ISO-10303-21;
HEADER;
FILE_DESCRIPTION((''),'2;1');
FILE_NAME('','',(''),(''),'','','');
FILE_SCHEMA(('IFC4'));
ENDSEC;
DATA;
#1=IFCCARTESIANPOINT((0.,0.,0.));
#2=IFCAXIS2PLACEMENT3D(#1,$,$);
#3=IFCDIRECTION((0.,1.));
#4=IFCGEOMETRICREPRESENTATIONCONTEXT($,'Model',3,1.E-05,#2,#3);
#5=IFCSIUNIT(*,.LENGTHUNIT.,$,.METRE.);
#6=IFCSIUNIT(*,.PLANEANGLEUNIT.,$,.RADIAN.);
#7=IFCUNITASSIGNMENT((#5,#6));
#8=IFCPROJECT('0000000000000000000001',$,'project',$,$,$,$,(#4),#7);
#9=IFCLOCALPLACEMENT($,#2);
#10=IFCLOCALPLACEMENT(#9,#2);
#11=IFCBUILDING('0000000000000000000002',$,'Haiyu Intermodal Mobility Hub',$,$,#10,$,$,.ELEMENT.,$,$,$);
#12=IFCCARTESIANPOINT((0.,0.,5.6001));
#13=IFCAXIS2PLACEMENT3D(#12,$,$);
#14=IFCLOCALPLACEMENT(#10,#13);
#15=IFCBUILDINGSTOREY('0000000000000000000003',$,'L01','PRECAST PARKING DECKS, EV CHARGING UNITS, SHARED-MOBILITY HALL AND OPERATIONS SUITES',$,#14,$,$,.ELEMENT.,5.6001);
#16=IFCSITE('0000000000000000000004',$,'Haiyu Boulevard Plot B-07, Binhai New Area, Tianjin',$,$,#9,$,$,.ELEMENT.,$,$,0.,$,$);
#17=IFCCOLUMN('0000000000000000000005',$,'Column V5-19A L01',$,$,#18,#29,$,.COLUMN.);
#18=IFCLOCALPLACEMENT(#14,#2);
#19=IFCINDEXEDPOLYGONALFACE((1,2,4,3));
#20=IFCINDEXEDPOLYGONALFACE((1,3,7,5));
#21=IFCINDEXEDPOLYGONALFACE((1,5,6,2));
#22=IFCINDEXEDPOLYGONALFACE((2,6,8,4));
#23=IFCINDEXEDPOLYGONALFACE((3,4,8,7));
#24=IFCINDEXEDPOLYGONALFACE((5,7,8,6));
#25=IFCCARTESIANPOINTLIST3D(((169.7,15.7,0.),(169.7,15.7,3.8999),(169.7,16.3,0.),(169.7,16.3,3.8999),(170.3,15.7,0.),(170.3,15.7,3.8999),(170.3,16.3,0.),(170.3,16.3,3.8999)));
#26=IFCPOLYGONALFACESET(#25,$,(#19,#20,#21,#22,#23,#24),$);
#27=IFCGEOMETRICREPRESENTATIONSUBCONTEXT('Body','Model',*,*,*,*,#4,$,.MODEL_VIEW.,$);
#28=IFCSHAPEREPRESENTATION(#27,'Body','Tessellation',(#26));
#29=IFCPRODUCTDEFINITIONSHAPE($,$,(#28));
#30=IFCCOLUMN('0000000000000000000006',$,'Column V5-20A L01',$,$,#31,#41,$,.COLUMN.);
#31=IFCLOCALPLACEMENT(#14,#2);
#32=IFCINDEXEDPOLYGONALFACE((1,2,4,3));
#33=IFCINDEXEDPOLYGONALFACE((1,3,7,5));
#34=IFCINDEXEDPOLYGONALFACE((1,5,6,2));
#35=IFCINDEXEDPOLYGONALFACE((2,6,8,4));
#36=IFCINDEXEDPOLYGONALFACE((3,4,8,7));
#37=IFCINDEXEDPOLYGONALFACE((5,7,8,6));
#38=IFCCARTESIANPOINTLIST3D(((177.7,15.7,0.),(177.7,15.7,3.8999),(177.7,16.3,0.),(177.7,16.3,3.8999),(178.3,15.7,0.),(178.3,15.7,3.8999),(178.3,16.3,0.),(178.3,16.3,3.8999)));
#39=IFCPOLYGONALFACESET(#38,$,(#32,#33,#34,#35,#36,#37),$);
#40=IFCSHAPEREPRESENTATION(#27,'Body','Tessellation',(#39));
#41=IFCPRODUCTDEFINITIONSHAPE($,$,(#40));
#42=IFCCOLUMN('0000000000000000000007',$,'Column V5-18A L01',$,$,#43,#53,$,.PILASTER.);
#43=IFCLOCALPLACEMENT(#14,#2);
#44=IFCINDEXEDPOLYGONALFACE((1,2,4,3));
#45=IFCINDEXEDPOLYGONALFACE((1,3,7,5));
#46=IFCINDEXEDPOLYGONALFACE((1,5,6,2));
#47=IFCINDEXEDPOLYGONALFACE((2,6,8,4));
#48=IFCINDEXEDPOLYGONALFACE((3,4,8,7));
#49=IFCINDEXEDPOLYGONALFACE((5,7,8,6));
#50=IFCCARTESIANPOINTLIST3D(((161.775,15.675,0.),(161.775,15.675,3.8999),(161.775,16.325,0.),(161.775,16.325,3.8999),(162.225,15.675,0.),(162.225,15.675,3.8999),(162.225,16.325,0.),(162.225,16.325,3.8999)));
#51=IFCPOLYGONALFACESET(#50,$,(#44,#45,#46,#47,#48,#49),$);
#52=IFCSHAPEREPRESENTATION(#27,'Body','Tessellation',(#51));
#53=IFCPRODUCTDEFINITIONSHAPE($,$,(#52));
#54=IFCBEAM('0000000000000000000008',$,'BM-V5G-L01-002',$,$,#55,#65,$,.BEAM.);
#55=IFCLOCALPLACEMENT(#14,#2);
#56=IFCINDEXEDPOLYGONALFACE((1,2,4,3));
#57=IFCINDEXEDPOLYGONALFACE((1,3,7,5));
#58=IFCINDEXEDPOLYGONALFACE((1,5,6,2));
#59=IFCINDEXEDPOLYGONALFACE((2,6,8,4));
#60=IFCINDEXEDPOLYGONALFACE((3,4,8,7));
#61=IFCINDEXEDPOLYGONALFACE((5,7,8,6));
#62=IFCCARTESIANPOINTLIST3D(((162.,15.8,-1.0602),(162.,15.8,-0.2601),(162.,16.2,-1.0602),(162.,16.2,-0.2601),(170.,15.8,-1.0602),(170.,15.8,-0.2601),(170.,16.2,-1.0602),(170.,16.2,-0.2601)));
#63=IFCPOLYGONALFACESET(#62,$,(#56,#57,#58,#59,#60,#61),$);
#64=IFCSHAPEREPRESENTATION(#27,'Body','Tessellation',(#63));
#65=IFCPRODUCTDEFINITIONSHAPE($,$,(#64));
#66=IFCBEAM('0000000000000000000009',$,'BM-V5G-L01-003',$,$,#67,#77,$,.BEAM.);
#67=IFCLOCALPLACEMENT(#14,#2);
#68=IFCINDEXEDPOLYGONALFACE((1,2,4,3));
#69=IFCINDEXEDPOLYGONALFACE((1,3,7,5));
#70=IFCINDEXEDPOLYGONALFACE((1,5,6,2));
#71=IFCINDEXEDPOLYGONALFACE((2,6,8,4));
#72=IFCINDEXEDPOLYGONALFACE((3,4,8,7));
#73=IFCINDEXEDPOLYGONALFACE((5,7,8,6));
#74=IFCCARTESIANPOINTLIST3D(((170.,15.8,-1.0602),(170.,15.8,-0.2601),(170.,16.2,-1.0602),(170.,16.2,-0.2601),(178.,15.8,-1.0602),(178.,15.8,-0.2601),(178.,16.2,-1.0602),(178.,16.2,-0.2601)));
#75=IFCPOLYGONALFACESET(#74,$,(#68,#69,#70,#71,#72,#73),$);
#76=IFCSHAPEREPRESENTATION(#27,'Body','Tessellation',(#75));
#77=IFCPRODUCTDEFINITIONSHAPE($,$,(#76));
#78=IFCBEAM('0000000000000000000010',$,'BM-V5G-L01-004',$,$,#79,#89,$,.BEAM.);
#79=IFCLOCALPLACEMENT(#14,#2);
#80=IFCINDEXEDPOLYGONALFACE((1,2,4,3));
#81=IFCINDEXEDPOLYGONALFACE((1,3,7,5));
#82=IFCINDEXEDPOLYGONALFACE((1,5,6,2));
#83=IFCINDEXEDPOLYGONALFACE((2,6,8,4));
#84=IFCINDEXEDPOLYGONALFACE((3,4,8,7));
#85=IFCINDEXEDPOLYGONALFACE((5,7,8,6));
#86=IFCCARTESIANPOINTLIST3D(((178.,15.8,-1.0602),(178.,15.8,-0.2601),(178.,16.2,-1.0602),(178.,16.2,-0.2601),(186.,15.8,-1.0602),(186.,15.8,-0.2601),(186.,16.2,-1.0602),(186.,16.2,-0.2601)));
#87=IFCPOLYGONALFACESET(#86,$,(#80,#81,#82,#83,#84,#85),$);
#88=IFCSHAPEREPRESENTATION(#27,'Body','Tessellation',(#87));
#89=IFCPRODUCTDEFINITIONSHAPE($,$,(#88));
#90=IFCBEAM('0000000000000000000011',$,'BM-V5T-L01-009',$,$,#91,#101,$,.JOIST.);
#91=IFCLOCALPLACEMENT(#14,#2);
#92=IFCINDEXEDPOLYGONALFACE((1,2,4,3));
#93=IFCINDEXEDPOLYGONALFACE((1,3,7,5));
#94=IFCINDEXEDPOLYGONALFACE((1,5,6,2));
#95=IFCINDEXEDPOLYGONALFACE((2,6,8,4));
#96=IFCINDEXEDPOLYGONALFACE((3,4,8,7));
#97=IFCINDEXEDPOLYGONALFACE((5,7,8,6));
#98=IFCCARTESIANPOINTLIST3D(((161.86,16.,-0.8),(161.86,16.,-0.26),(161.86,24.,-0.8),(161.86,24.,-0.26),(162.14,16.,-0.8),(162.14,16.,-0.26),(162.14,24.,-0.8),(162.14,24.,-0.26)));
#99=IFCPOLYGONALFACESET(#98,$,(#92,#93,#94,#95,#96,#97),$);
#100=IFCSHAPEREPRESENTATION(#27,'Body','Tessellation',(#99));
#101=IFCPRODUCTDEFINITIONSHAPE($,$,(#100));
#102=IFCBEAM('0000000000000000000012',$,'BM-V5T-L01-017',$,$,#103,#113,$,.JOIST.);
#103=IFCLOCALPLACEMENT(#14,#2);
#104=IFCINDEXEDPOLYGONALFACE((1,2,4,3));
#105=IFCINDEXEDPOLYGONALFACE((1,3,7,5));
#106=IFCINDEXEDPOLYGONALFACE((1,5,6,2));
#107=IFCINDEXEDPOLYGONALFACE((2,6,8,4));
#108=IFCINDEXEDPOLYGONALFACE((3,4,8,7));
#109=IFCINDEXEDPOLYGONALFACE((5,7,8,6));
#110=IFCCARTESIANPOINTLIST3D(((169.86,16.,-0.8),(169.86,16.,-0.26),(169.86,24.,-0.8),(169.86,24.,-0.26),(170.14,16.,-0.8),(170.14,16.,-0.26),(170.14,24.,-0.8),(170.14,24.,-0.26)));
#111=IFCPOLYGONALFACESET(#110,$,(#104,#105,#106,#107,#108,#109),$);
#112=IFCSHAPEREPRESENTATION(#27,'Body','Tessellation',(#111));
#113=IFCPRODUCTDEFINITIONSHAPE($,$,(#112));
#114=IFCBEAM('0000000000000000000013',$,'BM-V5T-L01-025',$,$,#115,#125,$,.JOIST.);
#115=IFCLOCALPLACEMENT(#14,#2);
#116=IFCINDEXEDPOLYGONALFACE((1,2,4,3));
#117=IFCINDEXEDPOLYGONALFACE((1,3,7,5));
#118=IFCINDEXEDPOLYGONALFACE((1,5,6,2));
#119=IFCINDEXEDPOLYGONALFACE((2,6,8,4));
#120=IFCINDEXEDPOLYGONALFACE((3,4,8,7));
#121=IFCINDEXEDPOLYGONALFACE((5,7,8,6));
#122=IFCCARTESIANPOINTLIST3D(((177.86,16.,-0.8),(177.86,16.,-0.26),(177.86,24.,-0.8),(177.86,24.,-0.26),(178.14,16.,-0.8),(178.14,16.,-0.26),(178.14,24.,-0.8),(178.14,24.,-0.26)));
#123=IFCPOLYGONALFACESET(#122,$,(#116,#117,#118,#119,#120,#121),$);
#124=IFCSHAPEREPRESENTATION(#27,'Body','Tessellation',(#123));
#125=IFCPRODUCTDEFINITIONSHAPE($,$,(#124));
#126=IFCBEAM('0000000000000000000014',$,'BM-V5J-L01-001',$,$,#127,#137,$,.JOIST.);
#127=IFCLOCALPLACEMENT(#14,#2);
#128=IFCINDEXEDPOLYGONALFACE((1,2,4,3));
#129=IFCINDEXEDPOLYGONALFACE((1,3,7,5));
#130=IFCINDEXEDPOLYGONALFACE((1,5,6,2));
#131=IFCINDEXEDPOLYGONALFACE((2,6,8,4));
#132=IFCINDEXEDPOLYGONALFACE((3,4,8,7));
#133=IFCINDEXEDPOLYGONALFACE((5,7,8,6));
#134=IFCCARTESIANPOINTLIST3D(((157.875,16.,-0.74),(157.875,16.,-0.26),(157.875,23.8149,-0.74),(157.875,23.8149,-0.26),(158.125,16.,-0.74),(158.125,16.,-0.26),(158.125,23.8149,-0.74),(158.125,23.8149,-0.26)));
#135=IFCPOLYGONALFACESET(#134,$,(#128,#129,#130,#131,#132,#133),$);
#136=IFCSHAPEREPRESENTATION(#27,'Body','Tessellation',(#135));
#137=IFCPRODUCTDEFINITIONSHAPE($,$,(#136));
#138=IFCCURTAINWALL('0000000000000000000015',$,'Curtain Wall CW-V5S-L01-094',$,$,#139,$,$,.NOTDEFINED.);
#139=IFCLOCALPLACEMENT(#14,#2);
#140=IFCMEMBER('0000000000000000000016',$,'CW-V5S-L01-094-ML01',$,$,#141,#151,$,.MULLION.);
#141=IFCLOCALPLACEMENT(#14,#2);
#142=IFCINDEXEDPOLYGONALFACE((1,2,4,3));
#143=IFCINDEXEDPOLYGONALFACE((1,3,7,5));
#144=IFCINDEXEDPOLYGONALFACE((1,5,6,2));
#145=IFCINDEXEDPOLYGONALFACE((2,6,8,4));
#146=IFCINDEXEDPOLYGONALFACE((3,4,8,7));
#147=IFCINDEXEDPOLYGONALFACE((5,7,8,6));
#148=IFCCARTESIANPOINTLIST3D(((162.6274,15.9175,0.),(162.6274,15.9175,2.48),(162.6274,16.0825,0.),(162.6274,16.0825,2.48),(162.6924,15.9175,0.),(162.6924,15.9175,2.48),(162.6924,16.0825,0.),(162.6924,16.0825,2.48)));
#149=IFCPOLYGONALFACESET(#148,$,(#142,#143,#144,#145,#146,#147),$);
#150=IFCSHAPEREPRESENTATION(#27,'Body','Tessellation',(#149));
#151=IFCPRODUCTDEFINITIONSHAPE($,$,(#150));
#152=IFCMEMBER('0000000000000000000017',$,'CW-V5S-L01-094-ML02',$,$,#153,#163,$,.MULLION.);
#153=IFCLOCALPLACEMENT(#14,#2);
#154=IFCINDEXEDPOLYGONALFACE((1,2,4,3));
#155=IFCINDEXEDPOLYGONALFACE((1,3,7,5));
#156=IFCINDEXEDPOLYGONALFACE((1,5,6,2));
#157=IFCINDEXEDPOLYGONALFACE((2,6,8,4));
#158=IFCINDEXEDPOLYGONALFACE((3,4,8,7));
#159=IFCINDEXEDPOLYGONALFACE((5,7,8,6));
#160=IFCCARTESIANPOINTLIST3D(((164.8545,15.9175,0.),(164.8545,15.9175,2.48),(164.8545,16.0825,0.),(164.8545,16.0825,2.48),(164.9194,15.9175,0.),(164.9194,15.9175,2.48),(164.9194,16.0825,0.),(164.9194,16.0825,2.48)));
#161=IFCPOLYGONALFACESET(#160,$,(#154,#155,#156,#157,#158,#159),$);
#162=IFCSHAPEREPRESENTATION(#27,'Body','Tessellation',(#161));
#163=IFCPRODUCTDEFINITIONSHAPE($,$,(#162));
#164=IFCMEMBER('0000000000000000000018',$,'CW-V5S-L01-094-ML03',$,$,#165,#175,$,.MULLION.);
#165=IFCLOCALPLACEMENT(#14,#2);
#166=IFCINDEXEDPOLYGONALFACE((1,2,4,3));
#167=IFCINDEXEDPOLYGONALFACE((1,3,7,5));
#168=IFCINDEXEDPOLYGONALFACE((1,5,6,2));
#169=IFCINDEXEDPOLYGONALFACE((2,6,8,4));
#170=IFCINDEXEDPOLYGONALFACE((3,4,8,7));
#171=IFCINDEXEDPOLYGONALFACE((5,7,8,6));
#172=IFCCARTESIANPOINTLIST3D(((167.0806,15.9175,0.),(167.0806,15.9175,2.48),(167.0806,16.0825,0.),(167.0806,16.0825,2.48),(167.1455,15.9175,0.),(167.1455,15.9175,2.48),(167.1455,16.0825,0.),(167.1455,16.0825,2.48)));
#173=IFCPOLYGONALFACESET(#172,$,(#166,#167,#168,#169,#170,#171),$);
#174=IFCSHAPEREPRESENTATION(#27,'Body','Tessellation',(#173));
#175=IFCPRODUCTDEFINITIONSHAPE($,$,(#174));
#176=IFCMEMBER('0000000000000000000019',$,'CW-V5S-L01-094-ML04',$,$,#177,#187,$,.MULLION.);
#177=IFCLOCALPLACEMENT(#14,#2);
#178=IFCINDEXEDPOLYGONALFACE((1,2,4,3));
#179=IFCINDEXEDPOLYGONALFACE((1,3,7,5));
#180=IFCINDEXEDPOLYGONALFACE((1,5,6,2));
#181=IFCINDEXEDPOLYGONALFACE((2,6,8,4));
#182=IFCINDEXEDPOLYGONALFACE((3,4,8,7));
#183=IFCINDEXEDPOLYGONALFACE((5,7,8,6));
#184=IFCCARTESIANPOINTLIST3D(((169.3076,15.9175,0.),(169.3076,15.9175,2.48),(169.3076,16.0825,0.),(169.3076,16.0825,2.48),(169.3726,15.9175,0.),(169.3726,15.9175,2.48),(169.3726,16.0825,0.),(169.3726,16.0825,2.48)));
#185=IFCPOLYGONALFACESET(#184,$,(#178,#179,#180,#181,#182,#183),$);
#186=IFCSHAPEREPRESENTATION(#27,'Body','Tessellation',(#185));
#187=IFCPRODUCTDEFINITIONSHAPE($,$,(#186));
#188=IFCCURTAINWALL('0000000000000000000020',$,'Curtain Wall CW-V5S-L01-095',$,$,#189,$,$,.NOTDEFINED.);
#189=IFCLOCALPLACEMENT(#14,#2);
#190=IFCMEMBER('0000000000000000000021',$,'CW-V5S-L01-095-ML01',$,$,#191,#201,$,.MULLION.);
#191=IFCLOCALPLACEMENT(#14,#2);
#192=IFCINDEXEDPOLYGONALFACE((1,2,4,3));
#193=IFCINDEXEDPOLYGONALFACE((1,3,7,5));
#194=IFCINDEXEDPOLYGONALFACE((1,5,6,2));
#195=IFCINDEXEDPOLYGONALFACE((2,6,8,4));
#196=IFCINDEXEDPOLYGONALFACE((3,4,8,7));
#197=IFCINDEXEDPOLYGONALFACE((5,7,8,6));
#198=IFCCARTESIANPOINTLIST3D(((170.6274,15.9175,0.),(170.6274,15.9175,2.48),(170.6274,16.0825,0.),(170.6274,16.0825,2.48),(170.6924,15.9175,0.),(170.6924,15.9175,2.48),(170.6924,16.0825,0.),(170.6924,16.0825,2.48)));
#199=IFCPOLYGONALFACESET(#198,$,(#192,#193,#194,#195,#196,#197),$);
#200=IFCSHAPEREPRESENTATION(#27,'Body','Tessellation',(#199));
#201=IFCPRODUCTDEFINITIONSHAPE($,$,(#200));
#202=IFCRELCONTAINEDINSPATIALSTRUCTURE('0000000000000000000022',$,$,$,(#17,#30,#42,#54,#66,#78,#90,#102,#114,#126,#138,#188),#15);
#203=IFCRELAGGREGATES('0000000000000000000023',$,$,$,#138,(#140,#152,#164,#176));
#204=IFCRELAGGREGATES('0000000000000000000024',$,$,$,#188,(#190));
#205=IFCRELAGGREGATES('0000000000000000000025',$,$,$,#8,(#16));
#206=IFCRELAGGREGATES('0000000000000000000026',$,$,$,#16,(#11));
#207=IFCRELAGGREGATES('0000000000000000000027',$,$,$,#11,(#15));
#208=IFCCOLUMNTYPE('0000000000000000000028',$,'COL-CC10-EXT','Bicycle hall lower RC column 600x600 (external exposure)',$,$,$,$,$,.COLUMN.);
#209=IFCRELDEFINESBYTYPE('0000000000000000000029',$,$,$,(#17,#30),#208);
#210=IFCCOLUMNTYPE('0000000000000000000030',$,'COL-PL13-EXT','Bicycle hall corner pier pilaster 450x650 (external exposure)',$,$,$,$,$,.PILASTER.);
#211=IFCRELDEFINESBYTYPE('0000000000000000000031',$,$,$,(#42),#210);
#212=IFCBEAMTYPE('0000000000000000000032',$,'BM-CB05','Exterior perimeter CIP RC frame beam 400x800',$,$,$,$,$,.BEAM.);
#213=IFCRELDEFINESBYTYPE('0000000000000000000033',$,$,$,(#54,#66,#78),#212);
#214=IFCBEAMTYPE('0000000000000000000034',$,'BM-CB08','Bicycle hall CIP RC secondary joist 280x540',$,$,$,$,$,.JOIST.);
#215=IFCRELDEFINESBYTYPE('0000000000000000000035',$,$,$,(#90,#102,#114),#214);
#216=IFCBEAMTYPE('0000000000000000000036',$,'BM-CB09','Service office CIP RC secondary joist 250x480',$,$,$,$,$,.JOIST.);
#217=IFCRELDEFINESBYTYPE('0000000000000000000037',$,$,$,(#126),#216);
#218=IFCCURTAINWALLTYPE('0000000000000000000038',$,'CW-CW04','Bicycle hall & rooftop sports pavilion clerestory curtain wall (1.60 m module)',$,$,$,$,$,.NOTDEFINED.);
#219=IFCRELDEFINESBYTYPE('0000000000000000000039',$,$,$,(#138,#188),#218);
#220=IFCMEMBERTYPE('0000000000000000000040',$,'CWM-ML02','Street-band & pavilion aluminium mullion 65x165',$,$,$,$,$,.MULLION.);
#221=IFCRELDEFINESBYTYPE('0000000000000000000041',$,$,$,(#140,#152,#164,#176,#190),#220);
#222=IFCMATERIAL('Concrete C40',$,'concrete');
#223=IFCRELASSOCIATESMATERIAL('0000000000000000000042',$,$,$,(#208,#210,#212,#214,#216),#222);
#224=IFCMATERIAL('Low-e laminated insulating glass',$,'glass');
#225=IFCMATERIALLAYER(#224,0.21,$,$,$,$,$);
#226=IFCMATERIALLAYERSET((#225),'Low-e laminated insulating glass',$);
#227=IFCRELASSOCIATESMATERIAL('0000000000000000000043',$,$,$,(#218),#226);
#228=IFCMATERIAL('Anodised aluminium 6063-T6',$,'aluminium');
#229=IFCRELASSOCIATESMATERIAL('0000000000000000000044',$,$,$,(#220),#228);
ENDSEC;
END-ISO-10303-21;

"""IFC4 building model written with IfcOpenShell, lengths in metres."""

from ifc_helpers import new_model, si_unit, direction, frame, origin, origin_2d, place, context, subcontext, project, spatial, rectangle, extrude, material, layer, layer_set, material_profile, profile_set, type_object, element, aggregate, save


model = new_model("IFC4")

# Units and contexts
model_context = context("Model", 3, precision=1e-05, world=origin(), true_north=direction((0.0, 1.0)))
body_context = subcontext(model_context, "Body", "Model", "MODEL_VIEW")
ifc_project = project(units=[si_unit("LENGTHUNIT", "METRE"), si_unit("PLANEANGLEUNIT", "RADIAN")], contexts=[model_context])

# Site, building, storey
site_placement = place(None, origin())
site = spatial("IfcSite", under=ifc_project, at=site_placement, Name="Haiyu Boulevard Plot B-07, Binhai New Area, Tianjin", CompositionType="ELEMENT", RefElevation=0.0)
building_placement = place(site_placement, origin())
building = spatial("IfcBuilding", under=site, at=building_placement, Name="Haiyu Intermodal Mobility Hub", CompositionType="ELEMENT")
storey_placement = place(building_placement, frame((0.0, 0.0, 5.6001)))
storey = spatial("IfcBuildingStorey", under=building, at=storey_placement, Name="L01", Description="PRECAST PARKING DECKS, EV CHARGING UNITS, SHARED-MOBILITY HALL AND OPERATIONS SUITES", CompositionType="ELEMENT", Elevation=5.6001)

# Columns
ifc_material_1 = material(Name="Concrete C40", Category="concrete")
ifc_material_profile_1 = material_profile(ifc_material_1, rectangle(XDim=0.6001, YDim=0.6001, at=origin_2d()), Name="RC600x600")
ifc_profile_set_1 = profile_set([ifc_material_profile_1], Name="Concrete C40")
column_type_1 = type_object("IfcColumnType", Name="COL-CC10-EXT", Description="Bicycle hall lower RC column 600x600 (external exposure)", PredefinedType="COLUMN", material=ifc_profile_set_1)
for number, where, z_axis, x_axis, name in (
    (1, (170.0, 16.0, 0.0), (0.0, 0.0, 1.0), (1.0, 0.0, 0.0), "Column V5-19A L01"),
    (2, (178.0, 16.0, 0.0), (0.0, 0.0, 1.0), (1.0, 0.0, 0.0), "Column V5-20A L01"),
):
    element("IfcColumn", number, at=place(storey_placement, frame(where, z_axis=z_axis, x_axis=x_axis)), inside=storey, type_object=column_type_1, Name=name, PredefinedType="COLUMN", context=body_context, shape_type="SweptSolid", body=[
        extrude(rectangle(XDim=0.6001, YDim=0.6001, at=origin_2d()), origin(), (0.0, 0.0, 1.0), 3.8999),
    ])
ifc_material_profile_2 = material_profile(ifc_material_1, rectangle(XDim=0.45, YDim=0.6499, at=origin_2d()), Name="C450x650")
ifc_profile_set_2 = profile_set([ifc_material_profile_2], Name="Concrete C40")
column_type_2 = type_object("IfcColumnType", Name="COL-PL13-EXT", Description="Bicycle hall corner pier pilaster 450x650 (external exposure)", PredefinedType="PILASTER", material=ifc_profile_set_2)
column_placement = place(storey_placement, frame((162.0, 16.0, 0.0), z_axis=(0.0, 0.0, 1.0), x_axis=(1.0, 0.0, 0.0)))
element("IfcColumn", 3, at=column_placement, inside=storey, type_object=column_type_2, Name="Column V5-18A L01", PredefinedType="PILASTER", context=body_context, shape_type="SweptSolid", body=[
    extrude(rectangle(XDim=0.45, YDim=0.6499, at=origin_2d()), origin(), (0.0, 0.0, 1.0), 3.8999),
])

# Beams
ifc_material_profile_3 = material_profile(ifc_material_1, rectangle(XDim=0.3999, YDim=0.8, at=origin_2d()), Name="RCB400x800")
ifc_profile_set_3 = profile_set([ifc_material_profile_3], Name="Concrete C40")
beam_type_1 = type_object("IfcBeamType", Name="BM-CB05", Description="Exterior perimeter CIP RC frame beam 400x800", PredefinedType="BEAM", material=ifc_profile_set_3)
for number, where, z_axis, x_axis, name in (
    (4, (162.0, 16.0, -0.6602), (1.0, 0.0, 0.0), (0.0, 1.0, 0.0), "BM-V5G-L01-002"),
    (5, (170.0, 16.0, -0.6602), (1.0, 0.0, 0.0), (0.0, 1.0, 0.0), "BM-V5G-L01-003"),
    (6, (178.0, 16.0, -0.6602), (1.0, 0.0, 0.0), (0.0, 1.0, 0.0), "BM-V5G-L01-004"),
):
    element("IfcBeam", number, at=place(storey_placement, frame(where, z_axis=z_axis, x_axis=x_axis)), inside=storey, type_object=beam_type_1, Name=name, PredefinedType="BEAM", context=body_context, shape_type="SweptSolid", body=[
        extrude(rectangle(XDim=0.3999, YDim=0.8, at=origin_2d()), origin(), (0.0, 0.0, 1.0), 8.0),
    ])
ifc_material_profile_4 = material_profile(ifc_material_1, rectangle(XDim=0.28, YDim=0.54, at=origin_2d()), Name="RCB280x540")
ifc_profile_set_4 = profile_set([ifc_material_profile_4], Name="Concrete C40")
beam_type_2 = type_object("IfcBeamType", Name="BM-CB08", Description="Bicycle hall CIP RC secondary joist 280x540", PredefinedType="JOIST", material=ifc_profile_set_4)
for number, where, z_axis, x_axis, name in (
    (7, (162.0, 16.0, -0.53), (0.0, 1.0, 0.0), (-1.0, 0.0, 0.0), "BM-V5T-L01-009"),
    (8, (170.0, 16.0, -0.53), (0.0, 1.0, 0.0), (-1.0, 0.0, 0.0), "BM-V5T-L01-017"),
    (9, (178.0, 16.0, -0.53), (0.0, 1.0, 0.0), (-1.0, 0.0, 0.0), "BM-V5T-L01-025"),
):
    element("IfcBeam", number, at=place(storey_placement, frame(where, z_axis=z_axis, x_axis=x_axis)), inside=storey, type_object=beam_type_2, Name=name, PredefinedType="JOIST", context=body_context, shape_type="SweptSolid", body=[
        extrude(rectangle(XDim=0.28, YDim=0.54, at=origin_2d()), origin(), (0.0, 0.0, 1.0), 8.0),
    ])
ifc_material_profile_5 = material_profile(ifc_material_1, rectangle(XDim=0.25, YDim=0.48, at=origin_2d()), Name="RCB250x480")
ifc_profile_set_5 = profile_set([ifc_material_profile_5], Name="Concrete C40")
beam_type_3 = type_object("IfcBeamType", Name="BM-CB09", Description="Service office CIP RC secondary joist 250x480", PredefinedType="JOIST", material=ifc_profile_set_5)
beam_placement = place(storey_placement, frame((158.0, 16.0, -0.5), z_axis=(0.0, 1.0, 0.0), x_axis=(-1.0, 0.0, 0.0)))
element("IfcBeam", 10, at=beam_placement, inside=storey, type_object=beam_type_3, Name="BM-V5J-L01-001", PredefinedType="JOIST", context=body_context, shape_type="SweptSolid", body=[
    extrude(rectangle(XDim=0.25, YDim=0.48, at=origin_2d()), origin(), (0.0, 0.0, 1.0), 7.8149),
])

# Curtain walls, members
ifc_material_2 = material(Name="Low-e laminated insulating glass", Category="glass")
ifc_layer_1 = layer(ifc_material_2, 0.21)
ifc_layer_set_1 = layer_set([ifc_layer_1], Name="Low-e laminated insulating glass")
curtain_wall_type = type_object("IfcCurtainWallType", Name="CW-CW04", Description="Bicycle hall & rooftop sports pavilion clerestory curtain wall (1.60 m module)", PredefinedType="NOTDEFINED", material=ifc_layer_set_1)
curtain_wall_1_placement = place(storey_placement, origin())
curtain_wall_1 = element("IfcCurtainWall", 11, at=curtain_wall_1_placement, inside=storey, type_object=curtain_wall_type, Name="Curtain Wall CW-V5S-L01-094", PredefinedType="NOTDEFINED")
ifc_material_3 = material(Name="Anodised aluminium 6063-T6", Category="aluminium")
ifc_material_profile_6 = material_profile(ifc_material_3, rectangle(XDim=0.0649, YDim=0.165, at=origin_2d()), Name="ALU65x165")
ifc_profile_set_6 = profile_set([ifc_material_profile_6], Name="Anodised aluminium 6063-T6")
member_type_1 = type_object("IfcMemberType", Name="CWM-ML02", Description="Street-band & pavilion aluminium mullion 65x165", PredefinedType="MULLION", material=ifc_profile_set_6)
member_1_placement = place(storey_placement, frame((162.6599, 16.0, 0.0), z_axis=(0.0, 0.0, 1.0), x_axis=(1.0, 0.0, 0.0)))
member_1 = element("IfcMember", 12, at=member_1_placement, type_object=member_type_1, Name="CW-V5S-L01-094-ML01", PredefinedType="MULLION", context=body_context, shape_type="SweptSolid", body=[
    extrude(rectangle(XDim=0.0649, YDim=0.165, at=origin_2d()), origin(), (0.0, 0.0, 1.0), 2.48),
])
member_2_placement = place(storey_placement, frame((164.887, 16.0, 0.0), z_axis=(0.0, 0.0, 1.0), x_axis=(1.0, 0.0, 0.0)))
member_2 = element("IfcMember", 13, at=member_2_placement, type_object=member_type_1, Name="CW-V5S-L01-094-ML02", PredefinedType="MULLION", context=body_context, shape_type="SweptSolid", body=[
    extrude(rectangle(XDim=0.0649, YDim=0.165, at=origin_2d()), origin(), (0.0, 0.0, 1.0), 2.48),
])
member_3_placement = place(storey_placement, frame((167.113, 16.0, 0.0), z_axis=(0.0, 0.0, 1.0), x_axis=(1.0, 0.0, 0.0)))
member_3 = element("IfcMember", 14, at=member_3_placement, type_object=member_type_1, Name="CW-V5S-L01-094-ML03", PredefinedType="MULLION", context=body_context, shape_type="SweptSolid", body=[
    extrude(rectangle(XDim=0.0649, YDim=0.165, at=origin_2d()), origin(), (0.0, 0.0, 1.0), 2.48),
])
member_4_placement = place(storey_placement, frame((169.3401, 16.0, 0.0), z_axis=(0.0, 0.0, 1.0), x_axis=(1.0, 0.0, 0.0)))
member_4 = element("IfcMember", 15, at=member_4_placement, type_object=member_type_1, Name="CW-V5S-L01-094-ML04", PredefinedType="MULLION", context=body_context, shape_type="SweptSolid", body=[
    extrude(rectangle(XDim=0.0649, YDim=0.165, at=origin_2d()), origin(), (0.0, 0.0, 1.0), 2.48),
])
curtain_wall_2_placement = place(storey_placement, origin())
curtain_wall_2 = element("IfcCurtainWall", 16, at=curtain_wall_2_placement, inside=storey, type_object=curtain_wall_type, Name="Curtain Wall CW-V5S-L01-095", PredefinedType="NOTDEFINED")
member_5_placement = place(storey_placement, frame((170.6599, 16.0, 0.0), z_axis=(0.0, 0.0, 1.0), x_axis=(1.0, 0.0, 0.0)))
member_5 = element("IfcMember", 17, at=member_5_placement, type_object=member_type_1, Name="CW-V5S-L01-095-ML01", PredefinedType="MULLION", context=body_context, shape_type="SweptSolid", body=[
    extrude(rectangle(XDim=0.0649, YDim=0.165, at=origin_2d()), origin(), (0.0, 0.0, 1.0), 2.48),
])

aggregate(curtain_wall_1, [member_1, member_2, member_3, member_4])
aggregate(curtain_wall_2, [member_5])

save(model, "model.ifc")
